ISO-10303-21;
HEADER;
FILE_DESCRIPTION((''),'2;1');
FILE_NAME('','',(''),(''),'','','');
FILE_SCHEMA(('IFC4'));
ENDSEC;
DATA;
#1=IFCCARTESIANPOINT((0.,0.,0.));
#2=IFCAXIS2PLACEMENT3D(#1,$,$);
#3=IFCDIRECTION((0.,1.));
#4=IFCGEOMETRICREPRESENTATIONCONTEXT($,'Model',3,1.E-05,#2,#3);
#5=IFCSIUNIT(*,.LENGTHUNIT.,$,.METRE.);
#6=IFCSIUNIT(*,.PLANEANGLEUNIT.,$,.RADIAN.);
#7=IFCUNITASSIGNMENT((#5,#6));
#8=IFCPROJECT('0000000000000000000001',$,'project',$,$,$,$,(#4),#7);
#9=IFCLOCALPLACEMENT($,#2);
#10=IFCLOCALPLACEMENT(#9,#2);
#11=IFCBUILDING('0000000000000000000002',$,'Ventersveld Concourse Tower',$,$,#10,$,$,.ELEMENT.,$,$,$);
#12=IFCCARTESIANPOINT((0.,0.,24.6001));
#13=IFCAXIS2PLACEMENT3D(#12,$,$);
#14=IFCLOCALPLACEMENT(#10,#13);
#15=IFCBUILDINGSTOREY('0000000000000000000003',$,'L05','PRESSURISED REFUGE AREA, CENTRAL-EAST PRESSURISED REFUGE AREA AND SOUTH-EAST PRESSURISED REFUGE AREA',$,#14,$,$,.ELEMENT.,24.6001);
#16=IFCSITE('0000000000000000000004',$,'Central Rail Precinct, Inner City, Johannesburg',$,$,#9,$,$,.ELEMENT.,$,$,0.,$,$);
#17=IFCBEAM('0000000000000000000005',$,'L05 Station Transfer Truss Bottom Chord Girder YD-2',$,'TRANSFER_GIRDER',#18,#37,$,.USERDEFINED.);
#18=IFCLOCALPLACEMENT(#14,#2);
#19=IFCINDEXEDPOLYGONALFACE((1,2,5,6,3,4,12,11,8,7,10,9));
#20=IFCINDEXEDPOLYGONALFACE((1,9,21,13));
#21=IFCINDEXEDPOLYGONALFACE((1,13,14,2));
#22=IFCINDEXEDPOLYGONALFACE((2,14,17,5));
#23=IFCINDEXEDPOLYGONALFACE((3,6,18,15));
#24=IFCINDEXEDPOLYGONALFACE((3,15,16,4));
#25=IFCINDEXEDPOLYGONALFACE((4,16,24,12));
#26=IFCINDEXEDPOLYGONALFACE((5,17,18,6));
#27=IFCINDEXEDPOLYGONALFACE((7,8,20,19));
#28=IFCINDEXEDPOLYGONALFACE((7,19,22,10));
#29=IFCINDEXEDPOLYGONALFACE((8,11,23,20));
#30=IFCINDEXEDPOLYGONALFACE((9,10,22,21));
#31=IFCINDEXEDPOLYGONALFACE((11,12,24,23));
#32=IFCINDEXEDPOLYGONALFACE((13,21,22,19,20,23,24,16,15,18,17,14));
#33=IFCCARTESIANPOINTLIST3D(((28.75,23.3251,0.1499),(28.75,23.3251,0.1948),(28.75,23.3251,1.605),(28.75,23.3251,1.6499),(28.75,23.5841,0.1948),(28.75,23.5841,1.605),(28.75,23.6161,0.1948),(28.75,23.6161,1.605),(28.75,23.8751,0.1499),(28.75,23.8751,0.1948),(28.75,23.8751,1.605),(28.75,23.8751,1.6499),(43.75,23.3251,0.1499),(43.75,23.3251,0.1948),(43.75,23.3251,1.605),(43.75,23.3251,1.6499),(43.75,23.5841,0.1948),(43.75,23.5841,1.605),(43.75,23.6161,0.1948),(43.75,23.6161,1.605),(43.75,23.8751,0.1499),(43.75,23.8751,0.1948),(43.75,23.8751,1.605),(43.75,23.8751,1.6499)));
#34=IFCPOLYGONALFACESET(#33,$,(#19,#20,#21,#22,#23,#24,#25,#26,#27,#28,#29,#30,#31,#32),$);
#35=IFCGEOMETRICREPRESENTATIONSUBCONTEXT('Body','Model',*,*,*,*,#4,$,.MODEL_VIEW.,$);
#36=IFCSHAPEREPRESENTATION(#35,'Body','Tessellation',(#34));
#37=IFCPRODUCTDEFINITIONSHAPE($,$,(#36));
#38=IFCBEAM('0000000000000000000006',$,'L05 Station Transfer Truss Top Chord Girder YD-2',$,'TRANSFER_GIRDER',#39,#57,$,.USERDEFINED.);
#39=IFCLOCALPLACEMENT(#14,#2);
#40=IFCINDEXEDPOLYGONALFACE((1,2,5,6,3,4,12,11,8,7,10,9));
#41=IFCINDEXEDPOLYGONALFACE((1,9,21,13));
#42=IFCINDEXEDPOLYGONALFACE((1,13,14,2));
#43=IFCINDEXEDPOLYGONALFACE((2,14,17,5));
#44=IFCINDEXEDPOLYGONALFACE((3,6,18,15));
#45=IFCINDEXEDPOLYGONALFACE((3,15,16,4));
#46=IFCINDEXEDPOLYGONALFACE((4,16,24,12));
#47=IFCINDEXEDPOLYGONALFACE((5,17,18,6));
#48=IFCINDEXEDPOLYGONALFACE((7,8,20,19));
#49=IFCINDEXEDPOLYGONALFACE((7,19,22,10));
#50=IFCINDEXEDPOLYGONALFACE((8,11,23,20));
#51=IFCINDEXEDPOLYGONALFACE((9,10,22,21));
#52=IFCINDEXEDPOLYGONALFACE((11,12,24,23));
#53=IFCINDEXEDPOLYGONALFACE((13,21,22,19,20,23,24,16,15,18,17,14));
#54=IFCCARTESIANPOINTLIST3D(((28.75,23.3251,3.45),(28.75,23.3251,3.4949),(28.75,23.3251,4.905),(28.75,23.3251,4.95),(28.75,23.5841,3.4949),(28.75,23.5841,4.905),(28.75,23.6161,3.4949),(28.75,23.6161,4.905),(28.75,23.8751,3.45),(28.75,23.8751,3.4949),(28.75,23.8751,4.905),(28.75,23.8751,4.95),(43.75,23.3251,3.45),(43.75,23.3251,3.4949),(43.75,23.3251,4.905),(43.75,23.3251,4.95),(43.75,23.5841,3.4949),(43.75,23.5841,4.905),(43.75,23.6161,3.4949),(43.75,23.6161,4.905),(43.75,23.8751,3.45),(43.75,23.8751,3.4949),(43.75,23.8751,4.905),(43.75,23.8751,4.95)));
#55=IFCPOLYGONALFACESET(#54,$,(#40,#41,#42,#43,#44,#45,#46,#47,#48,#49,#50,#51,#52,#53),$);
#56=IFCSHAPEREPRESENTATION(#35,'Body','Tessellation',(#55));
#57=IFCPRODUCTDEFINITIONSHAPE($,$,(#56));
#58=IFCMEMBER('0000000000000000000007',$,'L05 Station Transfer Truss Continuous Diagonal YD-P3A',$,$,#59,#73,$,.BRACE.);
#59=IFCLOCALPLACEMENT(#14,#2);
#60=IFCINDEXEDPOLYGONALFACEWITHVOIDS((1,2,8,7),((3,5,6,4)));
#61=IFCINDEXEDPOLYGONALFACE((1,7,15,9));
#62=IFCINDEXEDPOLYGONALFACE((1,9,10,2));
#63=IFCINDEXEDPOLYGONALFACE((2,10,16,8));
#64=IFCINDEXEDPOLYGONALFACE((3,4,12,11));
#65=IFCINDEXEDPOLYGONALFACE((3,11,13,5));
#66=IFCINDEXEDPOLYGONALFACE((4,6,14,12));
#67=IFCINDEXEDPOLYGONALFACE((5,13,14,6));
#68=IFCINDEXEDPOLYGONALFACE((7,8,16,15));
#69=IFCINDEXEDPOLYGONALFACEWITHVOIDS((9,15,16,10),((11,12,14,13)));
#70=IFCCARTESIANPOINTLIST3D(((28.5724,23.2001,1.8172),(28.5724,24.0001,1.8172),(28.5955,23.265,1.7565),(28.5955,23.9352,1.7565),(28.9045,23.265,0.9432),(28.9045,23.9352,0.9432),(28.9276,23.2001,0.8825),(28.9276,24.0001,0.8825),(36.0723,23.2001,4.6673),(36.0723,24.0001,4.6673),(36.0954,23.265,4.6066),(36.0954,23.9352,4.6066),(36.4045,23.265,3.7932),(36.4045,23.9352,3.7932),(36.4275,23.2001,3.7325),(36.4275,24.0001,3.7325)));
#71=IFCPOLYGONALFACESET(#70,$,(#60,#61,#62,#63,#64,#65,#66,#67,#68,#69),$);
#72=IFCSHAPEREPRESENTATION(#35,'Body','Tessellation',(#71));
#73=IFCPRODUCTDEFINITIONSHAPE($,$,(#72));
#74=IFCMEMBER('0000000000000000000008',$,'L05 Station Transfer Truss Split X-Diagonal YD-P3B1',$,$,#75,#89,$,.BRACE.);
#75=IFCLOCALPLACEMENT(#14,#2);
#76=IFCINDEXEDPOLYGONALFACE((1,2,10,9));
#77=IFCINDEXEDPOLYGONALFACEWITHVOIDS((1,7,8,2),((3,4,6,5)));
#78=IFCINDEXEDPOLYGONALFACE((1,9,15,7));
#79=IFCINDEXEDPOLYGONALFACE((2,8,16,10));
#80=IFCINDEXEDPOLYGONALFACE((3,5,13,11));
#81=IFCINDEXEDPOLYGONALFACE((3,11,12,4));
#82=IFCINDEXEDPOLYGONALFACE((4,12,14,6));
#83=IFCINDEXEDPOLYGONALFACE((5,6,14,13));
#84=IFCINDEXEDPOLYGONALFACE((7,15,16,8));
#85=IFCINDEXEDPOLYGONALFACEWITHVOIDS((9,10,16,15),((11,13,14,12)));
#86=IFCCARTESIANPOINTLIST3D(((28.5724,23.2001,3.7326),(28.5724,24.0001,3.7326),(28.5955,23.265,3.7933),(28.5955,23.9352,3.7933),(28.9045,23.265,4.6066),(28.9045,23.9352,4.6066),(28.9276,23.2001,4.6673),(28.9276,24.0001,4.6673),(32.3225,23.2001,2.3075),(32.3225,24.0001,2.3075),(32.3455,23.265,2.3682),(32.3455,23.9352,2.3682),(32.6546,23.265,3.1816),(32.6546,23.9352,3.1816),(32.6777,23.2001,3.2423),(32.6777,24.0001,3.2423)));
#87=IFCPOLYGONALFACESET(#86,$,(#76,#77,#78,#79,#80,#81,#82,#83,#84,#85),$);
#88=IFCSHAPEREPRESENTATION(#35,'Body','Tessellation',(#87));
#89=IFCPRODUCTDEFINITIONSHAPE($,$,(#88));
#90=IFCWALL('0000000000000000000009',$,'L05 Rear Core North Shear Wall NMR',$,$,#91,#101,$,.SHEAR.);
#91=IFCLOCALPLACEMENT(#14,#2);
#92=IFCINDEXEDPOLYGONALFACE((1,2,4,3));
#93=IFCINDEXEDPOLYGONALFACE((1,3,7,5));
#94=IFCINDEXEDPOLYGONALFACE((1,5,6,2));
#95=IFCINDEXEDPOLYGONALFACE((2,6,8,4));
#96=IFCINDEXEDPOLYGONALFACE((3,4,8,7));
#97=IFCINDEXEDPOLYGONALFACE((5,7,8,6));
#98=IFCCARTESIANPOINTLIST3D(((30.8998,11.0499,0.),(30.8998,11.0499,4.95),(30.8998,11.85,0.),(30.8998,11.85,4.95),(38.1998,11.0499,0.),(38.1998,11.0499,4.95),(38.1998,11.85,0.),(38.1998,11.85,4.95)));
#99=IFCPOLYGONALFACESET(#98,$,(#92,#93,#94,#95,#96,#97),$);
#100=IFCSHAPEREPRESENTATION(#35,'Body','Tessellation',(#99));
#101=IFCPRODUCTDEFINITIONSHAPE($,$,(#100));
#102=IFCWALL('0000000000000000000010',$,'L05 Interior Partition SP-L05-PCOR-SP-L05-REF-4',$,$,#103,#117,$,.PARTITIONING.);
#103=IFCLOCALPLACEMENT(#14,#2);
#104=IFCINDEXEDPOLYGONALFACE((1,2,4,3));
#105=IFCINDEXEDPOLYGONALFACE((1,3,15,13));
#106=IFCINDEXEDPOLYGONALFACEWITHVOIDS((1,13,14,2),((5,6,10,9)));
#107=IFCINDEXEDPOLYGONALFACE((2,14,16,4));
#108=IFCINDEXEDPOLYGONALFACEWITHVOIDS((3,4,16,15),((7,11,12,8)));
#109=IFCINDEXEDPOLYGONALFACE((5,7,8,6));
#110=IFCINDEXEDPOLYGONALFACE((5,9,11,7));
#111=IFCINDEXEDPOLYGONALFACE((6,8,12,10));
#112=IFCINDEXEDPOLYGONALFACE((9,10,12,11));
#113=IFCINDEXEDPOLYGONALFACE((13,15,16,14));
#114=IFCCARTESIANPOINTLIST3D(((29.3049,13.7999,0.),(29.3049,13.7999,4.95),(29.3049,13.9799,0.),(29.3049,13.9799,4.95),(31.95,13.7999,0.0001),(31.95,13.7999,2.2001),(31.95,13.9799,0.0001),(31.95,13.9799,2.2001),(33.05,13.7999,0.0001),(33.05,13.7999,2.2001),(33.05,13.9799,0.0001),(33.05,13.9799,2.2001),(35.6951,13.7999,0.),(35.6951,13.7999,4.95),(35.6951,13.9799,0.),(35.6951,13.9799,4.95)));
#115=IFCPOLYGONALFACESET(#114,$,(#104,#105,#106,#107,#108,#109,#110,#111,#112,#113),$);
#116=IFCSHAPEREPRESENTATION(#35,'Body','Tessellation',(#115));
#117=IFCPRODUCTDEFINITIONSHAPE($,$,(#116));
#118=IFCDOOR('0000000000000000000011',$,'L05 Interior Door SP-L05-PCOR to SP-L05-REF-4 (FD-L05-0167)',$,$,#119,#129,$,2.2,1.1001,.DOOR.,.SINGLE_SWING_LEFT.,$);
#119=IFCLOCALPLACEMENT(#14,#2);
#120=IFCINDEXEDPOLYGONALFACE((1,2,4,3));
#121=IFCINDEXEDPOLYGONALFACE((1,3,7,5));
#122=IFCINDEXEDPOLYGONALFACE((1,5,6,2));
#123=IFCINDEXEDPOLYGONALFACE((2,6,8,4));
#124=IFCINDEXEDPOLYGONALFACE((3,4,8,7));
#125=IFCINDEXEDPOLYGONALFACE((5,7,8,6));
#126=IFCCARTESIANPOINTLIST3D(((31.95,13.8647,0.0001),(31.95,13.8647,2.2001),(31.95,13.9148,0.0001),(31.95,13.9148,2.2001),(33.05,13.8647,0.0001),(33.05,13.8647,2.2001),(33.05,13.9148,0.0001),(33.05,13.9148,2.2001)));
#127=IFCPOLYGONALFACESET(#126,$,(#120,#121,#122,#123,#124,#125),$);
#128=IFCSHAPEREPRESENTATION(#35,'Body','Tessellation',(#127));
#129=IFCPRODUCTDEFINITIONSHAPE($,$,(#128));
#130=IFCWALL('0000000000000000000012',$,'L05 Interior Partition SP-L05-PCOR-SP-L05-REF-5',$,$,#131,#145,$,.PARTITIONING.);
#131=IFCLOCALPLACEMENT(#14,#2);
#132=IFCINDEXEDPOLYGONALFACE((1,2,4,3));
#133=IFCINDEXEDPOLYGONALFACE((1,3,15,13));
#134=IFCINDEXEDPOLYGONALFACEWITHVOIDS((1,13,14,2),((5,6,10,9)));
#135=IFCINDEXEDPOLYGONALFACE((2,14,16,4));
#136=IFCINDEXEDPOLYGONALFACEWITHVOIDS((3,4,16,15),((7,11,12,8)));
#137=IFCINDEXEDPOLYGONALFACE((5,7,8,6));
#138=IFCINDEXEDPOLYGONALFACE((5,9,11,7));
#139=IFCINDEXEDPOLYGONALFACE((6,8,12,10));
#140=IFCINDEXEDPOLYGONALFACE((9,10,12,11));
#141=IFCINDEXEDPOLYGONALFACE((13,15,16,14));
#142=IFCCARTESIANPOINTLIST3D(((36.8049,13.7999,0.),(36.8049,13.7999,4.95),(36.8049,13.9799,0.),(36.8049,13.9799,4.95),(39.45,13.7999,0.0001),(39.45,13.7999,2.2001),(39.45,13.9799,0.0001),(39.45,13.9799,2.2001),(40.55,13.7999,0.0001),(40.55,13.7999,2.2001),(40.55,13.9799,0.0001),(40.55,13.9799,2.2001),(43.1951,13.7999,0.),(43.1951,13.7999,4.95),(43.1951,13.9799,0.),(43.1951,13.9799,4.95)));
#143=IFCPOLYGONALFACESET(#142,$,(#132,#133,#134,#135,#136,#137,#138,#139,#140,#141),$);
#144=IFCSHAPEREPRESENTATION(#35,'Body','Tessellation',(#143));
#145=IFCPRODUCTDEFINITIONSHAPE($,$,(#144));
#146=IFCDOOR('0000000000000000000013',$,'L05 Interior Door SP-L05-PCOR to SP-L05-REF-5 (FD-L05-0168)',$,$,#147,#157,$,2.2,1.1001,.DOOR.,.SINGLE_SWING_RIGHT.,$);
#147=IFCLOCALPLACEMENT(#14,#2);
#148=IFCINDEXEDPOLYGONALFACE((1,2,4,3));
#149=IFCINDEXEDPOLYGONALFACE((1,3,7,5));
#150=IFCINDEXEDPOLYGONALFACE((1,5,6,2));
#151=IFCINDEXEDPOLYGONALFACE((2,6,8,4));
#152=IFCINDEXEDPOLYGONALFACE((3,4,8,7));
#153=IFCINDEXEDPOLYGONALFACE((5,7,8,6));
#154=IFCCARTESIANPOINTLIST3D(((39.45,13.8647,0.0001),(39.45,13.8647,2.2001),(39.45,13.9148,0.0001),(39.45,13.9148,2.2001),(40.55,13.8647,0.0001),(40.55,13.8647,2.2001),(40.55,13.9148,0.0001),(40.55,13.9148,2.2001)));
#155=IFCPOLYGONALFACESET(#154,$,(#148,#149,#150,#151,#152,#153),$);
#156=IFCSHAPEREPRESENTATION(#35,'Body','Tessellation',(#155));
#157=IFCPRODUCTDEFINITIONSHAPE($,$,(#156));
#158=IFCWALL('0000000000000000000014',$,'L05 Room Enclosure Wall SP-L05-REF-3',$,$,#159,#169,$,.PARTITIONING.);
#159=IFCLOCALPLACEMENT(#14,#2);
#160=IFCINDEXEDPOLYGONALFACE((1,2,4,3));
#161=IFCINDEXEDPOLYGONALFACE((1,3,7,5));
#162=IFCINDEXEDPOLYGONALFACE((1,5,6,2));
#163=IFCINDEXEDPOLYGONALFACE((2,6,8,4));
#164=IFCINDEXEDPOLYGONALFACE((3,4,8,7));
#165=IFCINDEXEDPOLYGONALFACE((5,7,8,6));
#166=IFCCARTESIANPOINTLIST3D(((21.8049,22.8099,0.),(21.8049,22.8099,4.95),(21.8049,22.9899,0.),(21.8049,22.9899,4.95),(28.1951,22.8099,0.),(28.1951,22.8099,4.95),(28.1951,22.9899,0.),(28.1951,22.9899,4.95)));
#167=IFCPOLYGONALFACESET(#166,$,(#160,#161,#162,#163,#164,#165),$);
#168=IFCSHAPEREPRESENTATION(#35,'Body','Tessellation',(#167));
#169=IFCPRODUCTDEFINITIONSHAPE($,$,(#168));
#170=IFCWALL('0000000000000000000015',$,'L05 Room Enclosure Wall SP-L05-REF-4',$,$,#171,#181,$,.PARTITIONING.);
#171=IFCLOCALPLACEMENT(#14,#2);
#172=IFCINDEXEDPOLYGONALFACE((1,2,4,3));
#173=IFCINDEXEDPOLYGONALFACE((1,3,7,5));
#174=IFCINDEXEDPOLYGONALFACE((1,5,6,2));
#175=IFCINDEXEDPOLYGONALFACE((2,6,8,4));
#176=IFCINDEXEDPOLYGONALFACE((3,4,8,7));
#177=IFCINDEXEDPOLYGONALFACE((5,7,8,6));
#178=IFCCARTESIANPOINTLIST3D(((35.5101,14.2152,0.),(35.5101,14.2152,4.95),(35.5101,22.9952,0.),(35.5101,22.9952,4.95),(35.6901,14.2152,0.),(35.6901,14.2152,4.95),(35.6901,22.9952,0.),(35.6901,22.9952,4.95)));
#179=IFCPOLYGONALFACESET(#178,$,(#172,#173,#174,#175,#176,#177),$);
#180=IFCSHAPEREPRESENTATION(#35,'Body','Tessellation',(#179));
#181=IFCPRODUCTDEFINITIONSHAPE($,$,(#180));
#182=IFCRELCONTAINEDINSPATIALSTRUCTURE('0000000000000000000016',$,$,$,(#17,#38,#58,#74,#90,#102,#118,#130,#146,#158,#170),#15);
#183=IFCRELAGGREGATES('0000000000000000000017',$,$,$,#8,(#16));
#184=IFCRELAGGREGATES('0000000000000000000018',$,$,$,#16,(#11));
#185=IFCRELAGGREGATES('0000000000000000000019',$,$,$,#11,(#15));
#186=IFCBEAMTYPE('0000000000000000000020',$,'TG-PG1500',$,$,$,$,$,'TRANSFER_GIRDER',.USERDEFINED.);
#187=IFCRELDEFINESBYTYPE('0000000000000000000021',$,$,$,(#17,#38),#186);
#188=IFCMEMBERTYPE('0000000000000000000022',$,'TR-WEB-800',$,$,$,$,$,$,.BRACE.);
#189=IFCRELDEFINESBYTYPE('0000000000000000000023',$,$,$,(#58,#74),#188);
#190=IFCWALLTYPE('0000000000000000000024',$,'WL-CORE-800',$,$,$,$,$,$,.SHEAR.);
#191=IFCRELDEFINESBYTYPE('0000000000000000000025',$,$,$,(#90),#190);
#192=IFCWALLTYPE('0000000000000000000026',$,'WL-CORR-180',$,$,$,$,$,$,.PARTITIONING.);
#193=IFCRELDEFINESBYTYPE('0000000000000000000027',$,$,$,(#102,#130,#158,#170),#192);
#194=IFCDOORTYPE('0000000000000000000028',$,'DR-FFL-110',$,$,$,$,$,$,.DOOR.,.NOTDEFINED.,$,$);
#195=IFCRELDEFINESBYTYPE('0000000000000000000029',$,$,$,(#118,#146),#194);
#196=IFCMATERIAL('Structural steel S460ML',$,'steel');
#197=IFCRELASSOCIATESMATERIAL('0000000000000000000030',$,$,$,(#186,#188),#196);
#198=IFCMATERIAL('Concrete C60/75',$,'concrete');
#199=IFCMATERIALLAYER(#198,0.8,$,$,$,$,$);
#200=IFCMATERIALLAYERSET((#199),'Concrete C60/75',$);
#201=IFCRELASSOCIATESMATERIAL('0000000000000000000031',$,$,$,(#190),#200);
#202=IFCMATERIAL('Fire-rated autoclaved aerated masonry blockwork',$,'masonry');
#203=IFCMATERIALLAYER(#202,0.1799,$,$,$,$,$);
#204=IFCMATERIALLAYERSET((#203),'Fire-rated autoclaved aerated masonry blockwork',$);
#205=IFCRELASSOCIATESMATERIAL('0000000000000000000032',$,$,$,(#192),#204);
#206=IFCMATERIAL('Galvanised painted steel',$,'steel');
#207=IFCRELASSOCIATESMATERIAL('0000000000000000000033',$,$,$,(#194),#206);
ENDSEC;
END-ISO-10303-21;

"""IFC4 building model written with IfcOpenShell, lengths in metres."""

from ifc_helpers import new_model, si_unit, direction, frame, frame_2d, origin, origin_2d, place, context, subcontext, project, spatial, rectangle, hollow_rectangle, i_section, extrude, material, layer, layer_set, material_profile, profile_set, type_object, element, fill, save


model = new_model("IFC4")

# Units and contexts
model_context = context("Model", 3, precision=1e-05, world=origin(), true_north=direction((0.0, 1.0)))
body_context = subcontext(model_context, "Body", "Model", "MODEL_VIEW")
ifc_project = project(units=[si_unit("LENGTHUNIT", "METRE"), si_unit("PLANEANGLEUNIT", "RADIAN")], contexts=[model_context])

# Site, building, storey
site_placement = place(None, origin())
site = spatial("IfcSite", under=ifc_project, at=site_placement, Name="Central Rail Precinct, Inner City, Johannesburg", CompositionType="ELEMENT", RefElevation=0.0)
building_placement = place(site_placement, origin())
building = spatial("IfcBuilding", under=site, at=building_placement, Name="Ventersveld Concourse Tower", CompositionType="ELEMENT")
storey_placement = place(building_placement, frame((0.0, 0.0, 24.6001)))
storey = spatial("IfcBuildingStorey", under=building, at=storey_placement, Name="L05", Description="PRESSURISED REFUGE AREA, CENTRAL-EAST PRESSURISED REFUGE AREA AND SOUTH-EAST PRESSURISED REFUGE AREA", CompositionType="ELEMENT", Elevation=24.6001)

# Shared definitions
ifc_material_1 = material(Name="Concrete C60/75", Category="concrete")

# Beams
ifc_material_2 = material(Name="Structural steel S460ML", Category="steel")
ifc_material_profile_1 = material_profile(ifc_material_2, i_section(OverallWidth=0.55, OverallDepth=1.5, WebThickness=0.032, FlangeThickness=0.0449, at=origin_2d()), Name="PG 1500x550x45")
ifc_profile_set_1 = profile_set([ifc_material_profile_1], Name="Structural steel S460ML")
beam_type_1 = type_object("IfcBeamType", Name="TG-PG1500", ElementType="TRANSFER_GIRDER", PredefinedType="USERDEFINED", material=ifc_profile_set_1)
for number, where, z_axis, x_axis, name in (
    (1, (28.75, 23.6001, 0.8999), (1.0, 0.0, 0.0), (0.0, 1.0, 0.0), "L05 Station Transfer Truss Bottom Chord Girder YD-2"),
    (2, (28.75, 23.6001, 4.2), (1.0, 0.0, 0.0), (0.0, 1.0, 0.0), "L05 Station Transfer Truss Top Chord Girder YD-2"),
):
    element("IfcBeam", number, at=place(storey_placement, frame(where, z_axis=z_axis, x_axis=x_axis)), inside=storey, type_object=beam_type_1, Name=name, ObjectType="TRANSFER_GIRDER", PredefinedType="USERDEFINED", context=body_context, shape_type="SweptSolid", body=[
        extrude(i_section(OverallWidth=0.55, OverallDepth=1.5, WebThickness=0.032, FlangeThickness=0.0449, at=origin_2d()), origin(), (0.0, 0.0, 1.0), 15.0),
    ])

# Members
ifc_material_profile_2 = material_profile(ifc_material_2, hollow_rectangle(XDim=0.8, YDim=1.0, WallThickness=0.0649, at=origin_2d()), Name="BOX 1000x800x65")
ifc_profile_set_2 = profile_set([ifc_material_profile_2], Name="Structural steel S460ML")
member_type = type_object("IfcMemberType", Name="TR-WEB-800", PredefinedType="BRACE", material=ifc_profile_set_2)
member_1_placement = place(storey_placement, frame((28.75, 23.6001, 1.3499), z_axis=(0.93478, 0.0, 0.355228), x_axis=(0.0, 1.0, 0.0)))
element("IfcMember", 3, at=member_1_placement, inside=storey, type_object=member_type, Name="L05 Station Transfer Truss Continuous Diagonal YD-P3A", PredefinedType="BRACE", context=body_context, shape_type="SweptSolid", body=[
    extrude(hollow_rectangle(XDim=0.8, YDim=1.0, WallThickness=0.0649, at=origin_2d()), origin(), (0.0, 0.0, 1.0), 8.0232),
])
member_2_placement = place(storey_placement, frame((28.75, 23.6001, 4.2), z_axis=(0.93478, 0.0, -0.355228), x_axis=(0.0, 1.0, 0.0)))
element("IfcMember", 4, at=member_2_placement, inside=storey, type_object=member_type, Name="L05 Station Transfer Truss Split X-Diagonal YD-P3B1", PredefinedType="BRACE", context=body_context, shape_type="SweptSolid", body=[
    extrude(hollow_rectangle(XDim=0.8, YDim=1.0, WallThickness=0.0649, at=origin_2d()), origin(), (0.0, 0.0, 1.0), 4.0117),
])

# Wall
ifc_layer_1 = layer(ifc_material_1, 0.8)
ifc_layer_set_1 = layer_set([ifc_layer_1], Name="Concrete C60/75")
wall_type_1 = type_object("IfcWallType", Name="WL-CORE-800", PredefinedType="SHEAR", material=ifc_layer_set_1)
wall_1_placement = place(storey_placement, frame((30.8999, 11.45, 0.0), z_axis=(0.0, 0.0, 1.0), x_axis=(1.0, 0.0, 0.0)))
element("IfcWall", 5, at=wall_1_placement, inside=storey, type_object=wall_type_1, Name="L05 Rear Core North Shear Wall NMR", PredefinedType="SHEAR", context=body_context, shape_type="SweptSolid", body=[
    extrude(rectangle(XDim=7.3, YDim=0.8, at=frame_2d((3.6499, 0.0))), origin(), (0.0, 0.0, 1.0), 4.95),
])

# Walls, openings, doors
ifc_material_3 = material(Name="Fire-rated autoclaved aerated masonry blockwork", Category="masonry")
ifc_layer_2 = layer(ifc_material_3, 0.1799)
ifc_layer_set_2 = layer_set([ifc_layer_2], Name="Fire-rated autoclaved aerated masonry blockwork")
wall_type_2 = type_object("IfcWallType", Name="WL-CORR-180", PredefinedType="PARTITIONING", material=ifc_layer_set_2)
wall_2_placement = place(storey_placement, frame((29.3049, 13.8899, 0.0), z_axis=(0.0, 0.0, 1.0), x_axis=(1.0, 0.0, 0.0)))
wall_2 = element("IfcWall", 6, at=wall_2_placement, inside=storey, type_object=wall_type_2, Name="L05 Interior Partition SP-L05-PCOR-SP-L05-REF-4", PredefinedType="PARTITIONING", context=body_context, shape_type="SweptSolid", body=[
    extrude(rectangle(XDim=6.3901, YDim=0.1799, at=frame_2d((3.1951, 0.0))), origin(), (0.0, 0.0, 1.0), 4.95),
])
opening_1_placement = place(wall_2_placement, frame((2.645, 0.0, 0.0)))
opening_1 = element("IfcOpeningElement", 7, at=opening_1_placement, cuts=wall_2, PredefinedType="OPENING", context=body_context, shape_type="SweptSolid", body=[
    extrude(rectangle(XDim=1.1001, YDim=2.2, at=frame_2d((0.55, 1.1001))), frame((0.0, 0.1001, 0.0), z_axis=(0.0, -1.0, 0.0), x_axis=(1.0, 0.0, 0.0)), (0.0, 0.0, 1.0), 0.2),
])
ifc_material_4 = material(Name="Galvanised painted steel", Category="steel")
door_type_1 = type_object("IfcDoorType", Name="DR-FFL-110", OperationType="NOTDEFINED", PredefinedType="DOOR", material=ifc_material_4)
door_1_placement = place(opening_1_placement, origin())
door_1 = element("IfcDoor", 8, at=door_1_placement, inside=storey, type_object=door_type_1, Name="L05 Interior Door SP-L05-PCOR to SP-L05-REF-4 (FD-L05-0167)", OperationType="SINGLE_SWING_LEFT", OverallHeight=2.2, OverallWidth=1.1001, PredefinedType="DOOR", context=body_context, shape_type="SweptSolid", body=[
    extrude(rectangle(XDim=1.1001, YDim=2.2, at=frame_2d((0.55, 1.1001))), frame((0.0, 0.0249, 0.0), z_axis=(0.0, -1.0, 0.0), x_axis=(1.0, 0.0, 0.0)), (0.0, 0.0, 1.0), 0.05),
])
fill(opening_1, door_1)
wall_3_placement = place(storey_placement, frame((36.8049, 13.8899, 0.0), z_axis=(0.0, 0.0, 1.0), x_axis=(1.0, 0.0, 0.0)))
wall_3 = element("IfcWall", 9, at=wall_3_placement, inside=storey, type_object=wall_type_2, Name="L05 Interior Partition SP-L05-PCOR-SP-L05-REF-5", PredefinedType="PARTITIONING", context=body_context, shape_type="SweptSolid", body=[
    extrude(rectangle(XDim=6.3901, YDim=0.1799, at=frame_2d((3.1951, 0.0))), origin(), (0.0, 0.0, 1.0), 4.95),
])
opening_2_placement = place(wall_3_placement, frame((2.645, 0.0, 0.0)))
opening_2 = element("IfcOpeningElement", 10, at=opening_2_placement, cuts=wall_3, PredefinedType="OPENING", context=body_context, shape_type="SweptSolid", body=[
    extrude(rectangle(XDim=1.1001, YDim=2.2, at=frame_2d((0.55, 1.1001))), frame((0.0, 0.1001, 0.0), z_axis=(0.0, -1.0, 0.0), x_axis=(1.0, 0.0, 0.0)), (0.0, 0.0, 1.0), 0.2),
])
door_2_placement = place(opening_2_placement, origin())
door_2 = element("IfcDoor", 11, at=door_2_placement, inside=storey, type_object=door_type_1, Name="L05 Interior Door SP-L05-PCOR to SP-L05-REF-5 (FD-L05-0168)", OperationType="SINGLE_SWING_RIGHT", OverallHeight=2.2, OverallWidth=1.1001, PredefinedType="DOOR", context=body_context, shape_type="SweptSolid", body=[
    extrude(rectangle(XDim=1.1001, YDim=2.2, at=frame_2d((0.55, 1.1001))), frame((0.0, 0.0249, 0.0), z_axis=(0.0, -1.0, 0.0), x_axis=(1.0, 0.0, 0.0)), (0.0, 0.0, 1.0), 0.05),
])
fill(opening_2, door_2)

# Walls
wall_4_placement = place(storey_placement, frame((28.1951, 22.8999, 0.0), z_axis=(0.0, 0.0, 1.0), x_axis=(-1.0, 0.0, 0.0)))
element("IfcWall", 12, at=wall_4_placement, inside=storey, type_object=wall_type_2, Name="L05 Room Enclosure Wall SP-L05-REF-3", PredefinedType="PARTITIONING", context=body_context, shape_type="SweptSolid", body=[
    extrude(rectangle(XDim=6.3901, YDim=0.1799, at=frame_2d((3.1951, 0.0))), origin(), (0.0, 0.0, 1.0), 4.95),
])
wall_5_placement = place(storey_placement, frame((35.6001, 14.2151, 0.0), z_axis=(0.0, 0.0, 1.0), x_axis=(0.0, 1.0, 0.0)))
element("IfcWall", 13, at=wall_5_placement, inside=storey, type_object=wall_type_2, Name="L05 Room Enclosure Wall SP-L05-REF-4", PredefinedType="PARTITIONING", context=body_context, shape_type="SweptSolid", body=[
    extrude(rectangle(XDim=8.78, YDim=0.1799, at=frame_2d((4.3901, 0.0))), origin(), (0.0, 0.0, 1.0), 4.95),
])

save(model, "model.ifc")
